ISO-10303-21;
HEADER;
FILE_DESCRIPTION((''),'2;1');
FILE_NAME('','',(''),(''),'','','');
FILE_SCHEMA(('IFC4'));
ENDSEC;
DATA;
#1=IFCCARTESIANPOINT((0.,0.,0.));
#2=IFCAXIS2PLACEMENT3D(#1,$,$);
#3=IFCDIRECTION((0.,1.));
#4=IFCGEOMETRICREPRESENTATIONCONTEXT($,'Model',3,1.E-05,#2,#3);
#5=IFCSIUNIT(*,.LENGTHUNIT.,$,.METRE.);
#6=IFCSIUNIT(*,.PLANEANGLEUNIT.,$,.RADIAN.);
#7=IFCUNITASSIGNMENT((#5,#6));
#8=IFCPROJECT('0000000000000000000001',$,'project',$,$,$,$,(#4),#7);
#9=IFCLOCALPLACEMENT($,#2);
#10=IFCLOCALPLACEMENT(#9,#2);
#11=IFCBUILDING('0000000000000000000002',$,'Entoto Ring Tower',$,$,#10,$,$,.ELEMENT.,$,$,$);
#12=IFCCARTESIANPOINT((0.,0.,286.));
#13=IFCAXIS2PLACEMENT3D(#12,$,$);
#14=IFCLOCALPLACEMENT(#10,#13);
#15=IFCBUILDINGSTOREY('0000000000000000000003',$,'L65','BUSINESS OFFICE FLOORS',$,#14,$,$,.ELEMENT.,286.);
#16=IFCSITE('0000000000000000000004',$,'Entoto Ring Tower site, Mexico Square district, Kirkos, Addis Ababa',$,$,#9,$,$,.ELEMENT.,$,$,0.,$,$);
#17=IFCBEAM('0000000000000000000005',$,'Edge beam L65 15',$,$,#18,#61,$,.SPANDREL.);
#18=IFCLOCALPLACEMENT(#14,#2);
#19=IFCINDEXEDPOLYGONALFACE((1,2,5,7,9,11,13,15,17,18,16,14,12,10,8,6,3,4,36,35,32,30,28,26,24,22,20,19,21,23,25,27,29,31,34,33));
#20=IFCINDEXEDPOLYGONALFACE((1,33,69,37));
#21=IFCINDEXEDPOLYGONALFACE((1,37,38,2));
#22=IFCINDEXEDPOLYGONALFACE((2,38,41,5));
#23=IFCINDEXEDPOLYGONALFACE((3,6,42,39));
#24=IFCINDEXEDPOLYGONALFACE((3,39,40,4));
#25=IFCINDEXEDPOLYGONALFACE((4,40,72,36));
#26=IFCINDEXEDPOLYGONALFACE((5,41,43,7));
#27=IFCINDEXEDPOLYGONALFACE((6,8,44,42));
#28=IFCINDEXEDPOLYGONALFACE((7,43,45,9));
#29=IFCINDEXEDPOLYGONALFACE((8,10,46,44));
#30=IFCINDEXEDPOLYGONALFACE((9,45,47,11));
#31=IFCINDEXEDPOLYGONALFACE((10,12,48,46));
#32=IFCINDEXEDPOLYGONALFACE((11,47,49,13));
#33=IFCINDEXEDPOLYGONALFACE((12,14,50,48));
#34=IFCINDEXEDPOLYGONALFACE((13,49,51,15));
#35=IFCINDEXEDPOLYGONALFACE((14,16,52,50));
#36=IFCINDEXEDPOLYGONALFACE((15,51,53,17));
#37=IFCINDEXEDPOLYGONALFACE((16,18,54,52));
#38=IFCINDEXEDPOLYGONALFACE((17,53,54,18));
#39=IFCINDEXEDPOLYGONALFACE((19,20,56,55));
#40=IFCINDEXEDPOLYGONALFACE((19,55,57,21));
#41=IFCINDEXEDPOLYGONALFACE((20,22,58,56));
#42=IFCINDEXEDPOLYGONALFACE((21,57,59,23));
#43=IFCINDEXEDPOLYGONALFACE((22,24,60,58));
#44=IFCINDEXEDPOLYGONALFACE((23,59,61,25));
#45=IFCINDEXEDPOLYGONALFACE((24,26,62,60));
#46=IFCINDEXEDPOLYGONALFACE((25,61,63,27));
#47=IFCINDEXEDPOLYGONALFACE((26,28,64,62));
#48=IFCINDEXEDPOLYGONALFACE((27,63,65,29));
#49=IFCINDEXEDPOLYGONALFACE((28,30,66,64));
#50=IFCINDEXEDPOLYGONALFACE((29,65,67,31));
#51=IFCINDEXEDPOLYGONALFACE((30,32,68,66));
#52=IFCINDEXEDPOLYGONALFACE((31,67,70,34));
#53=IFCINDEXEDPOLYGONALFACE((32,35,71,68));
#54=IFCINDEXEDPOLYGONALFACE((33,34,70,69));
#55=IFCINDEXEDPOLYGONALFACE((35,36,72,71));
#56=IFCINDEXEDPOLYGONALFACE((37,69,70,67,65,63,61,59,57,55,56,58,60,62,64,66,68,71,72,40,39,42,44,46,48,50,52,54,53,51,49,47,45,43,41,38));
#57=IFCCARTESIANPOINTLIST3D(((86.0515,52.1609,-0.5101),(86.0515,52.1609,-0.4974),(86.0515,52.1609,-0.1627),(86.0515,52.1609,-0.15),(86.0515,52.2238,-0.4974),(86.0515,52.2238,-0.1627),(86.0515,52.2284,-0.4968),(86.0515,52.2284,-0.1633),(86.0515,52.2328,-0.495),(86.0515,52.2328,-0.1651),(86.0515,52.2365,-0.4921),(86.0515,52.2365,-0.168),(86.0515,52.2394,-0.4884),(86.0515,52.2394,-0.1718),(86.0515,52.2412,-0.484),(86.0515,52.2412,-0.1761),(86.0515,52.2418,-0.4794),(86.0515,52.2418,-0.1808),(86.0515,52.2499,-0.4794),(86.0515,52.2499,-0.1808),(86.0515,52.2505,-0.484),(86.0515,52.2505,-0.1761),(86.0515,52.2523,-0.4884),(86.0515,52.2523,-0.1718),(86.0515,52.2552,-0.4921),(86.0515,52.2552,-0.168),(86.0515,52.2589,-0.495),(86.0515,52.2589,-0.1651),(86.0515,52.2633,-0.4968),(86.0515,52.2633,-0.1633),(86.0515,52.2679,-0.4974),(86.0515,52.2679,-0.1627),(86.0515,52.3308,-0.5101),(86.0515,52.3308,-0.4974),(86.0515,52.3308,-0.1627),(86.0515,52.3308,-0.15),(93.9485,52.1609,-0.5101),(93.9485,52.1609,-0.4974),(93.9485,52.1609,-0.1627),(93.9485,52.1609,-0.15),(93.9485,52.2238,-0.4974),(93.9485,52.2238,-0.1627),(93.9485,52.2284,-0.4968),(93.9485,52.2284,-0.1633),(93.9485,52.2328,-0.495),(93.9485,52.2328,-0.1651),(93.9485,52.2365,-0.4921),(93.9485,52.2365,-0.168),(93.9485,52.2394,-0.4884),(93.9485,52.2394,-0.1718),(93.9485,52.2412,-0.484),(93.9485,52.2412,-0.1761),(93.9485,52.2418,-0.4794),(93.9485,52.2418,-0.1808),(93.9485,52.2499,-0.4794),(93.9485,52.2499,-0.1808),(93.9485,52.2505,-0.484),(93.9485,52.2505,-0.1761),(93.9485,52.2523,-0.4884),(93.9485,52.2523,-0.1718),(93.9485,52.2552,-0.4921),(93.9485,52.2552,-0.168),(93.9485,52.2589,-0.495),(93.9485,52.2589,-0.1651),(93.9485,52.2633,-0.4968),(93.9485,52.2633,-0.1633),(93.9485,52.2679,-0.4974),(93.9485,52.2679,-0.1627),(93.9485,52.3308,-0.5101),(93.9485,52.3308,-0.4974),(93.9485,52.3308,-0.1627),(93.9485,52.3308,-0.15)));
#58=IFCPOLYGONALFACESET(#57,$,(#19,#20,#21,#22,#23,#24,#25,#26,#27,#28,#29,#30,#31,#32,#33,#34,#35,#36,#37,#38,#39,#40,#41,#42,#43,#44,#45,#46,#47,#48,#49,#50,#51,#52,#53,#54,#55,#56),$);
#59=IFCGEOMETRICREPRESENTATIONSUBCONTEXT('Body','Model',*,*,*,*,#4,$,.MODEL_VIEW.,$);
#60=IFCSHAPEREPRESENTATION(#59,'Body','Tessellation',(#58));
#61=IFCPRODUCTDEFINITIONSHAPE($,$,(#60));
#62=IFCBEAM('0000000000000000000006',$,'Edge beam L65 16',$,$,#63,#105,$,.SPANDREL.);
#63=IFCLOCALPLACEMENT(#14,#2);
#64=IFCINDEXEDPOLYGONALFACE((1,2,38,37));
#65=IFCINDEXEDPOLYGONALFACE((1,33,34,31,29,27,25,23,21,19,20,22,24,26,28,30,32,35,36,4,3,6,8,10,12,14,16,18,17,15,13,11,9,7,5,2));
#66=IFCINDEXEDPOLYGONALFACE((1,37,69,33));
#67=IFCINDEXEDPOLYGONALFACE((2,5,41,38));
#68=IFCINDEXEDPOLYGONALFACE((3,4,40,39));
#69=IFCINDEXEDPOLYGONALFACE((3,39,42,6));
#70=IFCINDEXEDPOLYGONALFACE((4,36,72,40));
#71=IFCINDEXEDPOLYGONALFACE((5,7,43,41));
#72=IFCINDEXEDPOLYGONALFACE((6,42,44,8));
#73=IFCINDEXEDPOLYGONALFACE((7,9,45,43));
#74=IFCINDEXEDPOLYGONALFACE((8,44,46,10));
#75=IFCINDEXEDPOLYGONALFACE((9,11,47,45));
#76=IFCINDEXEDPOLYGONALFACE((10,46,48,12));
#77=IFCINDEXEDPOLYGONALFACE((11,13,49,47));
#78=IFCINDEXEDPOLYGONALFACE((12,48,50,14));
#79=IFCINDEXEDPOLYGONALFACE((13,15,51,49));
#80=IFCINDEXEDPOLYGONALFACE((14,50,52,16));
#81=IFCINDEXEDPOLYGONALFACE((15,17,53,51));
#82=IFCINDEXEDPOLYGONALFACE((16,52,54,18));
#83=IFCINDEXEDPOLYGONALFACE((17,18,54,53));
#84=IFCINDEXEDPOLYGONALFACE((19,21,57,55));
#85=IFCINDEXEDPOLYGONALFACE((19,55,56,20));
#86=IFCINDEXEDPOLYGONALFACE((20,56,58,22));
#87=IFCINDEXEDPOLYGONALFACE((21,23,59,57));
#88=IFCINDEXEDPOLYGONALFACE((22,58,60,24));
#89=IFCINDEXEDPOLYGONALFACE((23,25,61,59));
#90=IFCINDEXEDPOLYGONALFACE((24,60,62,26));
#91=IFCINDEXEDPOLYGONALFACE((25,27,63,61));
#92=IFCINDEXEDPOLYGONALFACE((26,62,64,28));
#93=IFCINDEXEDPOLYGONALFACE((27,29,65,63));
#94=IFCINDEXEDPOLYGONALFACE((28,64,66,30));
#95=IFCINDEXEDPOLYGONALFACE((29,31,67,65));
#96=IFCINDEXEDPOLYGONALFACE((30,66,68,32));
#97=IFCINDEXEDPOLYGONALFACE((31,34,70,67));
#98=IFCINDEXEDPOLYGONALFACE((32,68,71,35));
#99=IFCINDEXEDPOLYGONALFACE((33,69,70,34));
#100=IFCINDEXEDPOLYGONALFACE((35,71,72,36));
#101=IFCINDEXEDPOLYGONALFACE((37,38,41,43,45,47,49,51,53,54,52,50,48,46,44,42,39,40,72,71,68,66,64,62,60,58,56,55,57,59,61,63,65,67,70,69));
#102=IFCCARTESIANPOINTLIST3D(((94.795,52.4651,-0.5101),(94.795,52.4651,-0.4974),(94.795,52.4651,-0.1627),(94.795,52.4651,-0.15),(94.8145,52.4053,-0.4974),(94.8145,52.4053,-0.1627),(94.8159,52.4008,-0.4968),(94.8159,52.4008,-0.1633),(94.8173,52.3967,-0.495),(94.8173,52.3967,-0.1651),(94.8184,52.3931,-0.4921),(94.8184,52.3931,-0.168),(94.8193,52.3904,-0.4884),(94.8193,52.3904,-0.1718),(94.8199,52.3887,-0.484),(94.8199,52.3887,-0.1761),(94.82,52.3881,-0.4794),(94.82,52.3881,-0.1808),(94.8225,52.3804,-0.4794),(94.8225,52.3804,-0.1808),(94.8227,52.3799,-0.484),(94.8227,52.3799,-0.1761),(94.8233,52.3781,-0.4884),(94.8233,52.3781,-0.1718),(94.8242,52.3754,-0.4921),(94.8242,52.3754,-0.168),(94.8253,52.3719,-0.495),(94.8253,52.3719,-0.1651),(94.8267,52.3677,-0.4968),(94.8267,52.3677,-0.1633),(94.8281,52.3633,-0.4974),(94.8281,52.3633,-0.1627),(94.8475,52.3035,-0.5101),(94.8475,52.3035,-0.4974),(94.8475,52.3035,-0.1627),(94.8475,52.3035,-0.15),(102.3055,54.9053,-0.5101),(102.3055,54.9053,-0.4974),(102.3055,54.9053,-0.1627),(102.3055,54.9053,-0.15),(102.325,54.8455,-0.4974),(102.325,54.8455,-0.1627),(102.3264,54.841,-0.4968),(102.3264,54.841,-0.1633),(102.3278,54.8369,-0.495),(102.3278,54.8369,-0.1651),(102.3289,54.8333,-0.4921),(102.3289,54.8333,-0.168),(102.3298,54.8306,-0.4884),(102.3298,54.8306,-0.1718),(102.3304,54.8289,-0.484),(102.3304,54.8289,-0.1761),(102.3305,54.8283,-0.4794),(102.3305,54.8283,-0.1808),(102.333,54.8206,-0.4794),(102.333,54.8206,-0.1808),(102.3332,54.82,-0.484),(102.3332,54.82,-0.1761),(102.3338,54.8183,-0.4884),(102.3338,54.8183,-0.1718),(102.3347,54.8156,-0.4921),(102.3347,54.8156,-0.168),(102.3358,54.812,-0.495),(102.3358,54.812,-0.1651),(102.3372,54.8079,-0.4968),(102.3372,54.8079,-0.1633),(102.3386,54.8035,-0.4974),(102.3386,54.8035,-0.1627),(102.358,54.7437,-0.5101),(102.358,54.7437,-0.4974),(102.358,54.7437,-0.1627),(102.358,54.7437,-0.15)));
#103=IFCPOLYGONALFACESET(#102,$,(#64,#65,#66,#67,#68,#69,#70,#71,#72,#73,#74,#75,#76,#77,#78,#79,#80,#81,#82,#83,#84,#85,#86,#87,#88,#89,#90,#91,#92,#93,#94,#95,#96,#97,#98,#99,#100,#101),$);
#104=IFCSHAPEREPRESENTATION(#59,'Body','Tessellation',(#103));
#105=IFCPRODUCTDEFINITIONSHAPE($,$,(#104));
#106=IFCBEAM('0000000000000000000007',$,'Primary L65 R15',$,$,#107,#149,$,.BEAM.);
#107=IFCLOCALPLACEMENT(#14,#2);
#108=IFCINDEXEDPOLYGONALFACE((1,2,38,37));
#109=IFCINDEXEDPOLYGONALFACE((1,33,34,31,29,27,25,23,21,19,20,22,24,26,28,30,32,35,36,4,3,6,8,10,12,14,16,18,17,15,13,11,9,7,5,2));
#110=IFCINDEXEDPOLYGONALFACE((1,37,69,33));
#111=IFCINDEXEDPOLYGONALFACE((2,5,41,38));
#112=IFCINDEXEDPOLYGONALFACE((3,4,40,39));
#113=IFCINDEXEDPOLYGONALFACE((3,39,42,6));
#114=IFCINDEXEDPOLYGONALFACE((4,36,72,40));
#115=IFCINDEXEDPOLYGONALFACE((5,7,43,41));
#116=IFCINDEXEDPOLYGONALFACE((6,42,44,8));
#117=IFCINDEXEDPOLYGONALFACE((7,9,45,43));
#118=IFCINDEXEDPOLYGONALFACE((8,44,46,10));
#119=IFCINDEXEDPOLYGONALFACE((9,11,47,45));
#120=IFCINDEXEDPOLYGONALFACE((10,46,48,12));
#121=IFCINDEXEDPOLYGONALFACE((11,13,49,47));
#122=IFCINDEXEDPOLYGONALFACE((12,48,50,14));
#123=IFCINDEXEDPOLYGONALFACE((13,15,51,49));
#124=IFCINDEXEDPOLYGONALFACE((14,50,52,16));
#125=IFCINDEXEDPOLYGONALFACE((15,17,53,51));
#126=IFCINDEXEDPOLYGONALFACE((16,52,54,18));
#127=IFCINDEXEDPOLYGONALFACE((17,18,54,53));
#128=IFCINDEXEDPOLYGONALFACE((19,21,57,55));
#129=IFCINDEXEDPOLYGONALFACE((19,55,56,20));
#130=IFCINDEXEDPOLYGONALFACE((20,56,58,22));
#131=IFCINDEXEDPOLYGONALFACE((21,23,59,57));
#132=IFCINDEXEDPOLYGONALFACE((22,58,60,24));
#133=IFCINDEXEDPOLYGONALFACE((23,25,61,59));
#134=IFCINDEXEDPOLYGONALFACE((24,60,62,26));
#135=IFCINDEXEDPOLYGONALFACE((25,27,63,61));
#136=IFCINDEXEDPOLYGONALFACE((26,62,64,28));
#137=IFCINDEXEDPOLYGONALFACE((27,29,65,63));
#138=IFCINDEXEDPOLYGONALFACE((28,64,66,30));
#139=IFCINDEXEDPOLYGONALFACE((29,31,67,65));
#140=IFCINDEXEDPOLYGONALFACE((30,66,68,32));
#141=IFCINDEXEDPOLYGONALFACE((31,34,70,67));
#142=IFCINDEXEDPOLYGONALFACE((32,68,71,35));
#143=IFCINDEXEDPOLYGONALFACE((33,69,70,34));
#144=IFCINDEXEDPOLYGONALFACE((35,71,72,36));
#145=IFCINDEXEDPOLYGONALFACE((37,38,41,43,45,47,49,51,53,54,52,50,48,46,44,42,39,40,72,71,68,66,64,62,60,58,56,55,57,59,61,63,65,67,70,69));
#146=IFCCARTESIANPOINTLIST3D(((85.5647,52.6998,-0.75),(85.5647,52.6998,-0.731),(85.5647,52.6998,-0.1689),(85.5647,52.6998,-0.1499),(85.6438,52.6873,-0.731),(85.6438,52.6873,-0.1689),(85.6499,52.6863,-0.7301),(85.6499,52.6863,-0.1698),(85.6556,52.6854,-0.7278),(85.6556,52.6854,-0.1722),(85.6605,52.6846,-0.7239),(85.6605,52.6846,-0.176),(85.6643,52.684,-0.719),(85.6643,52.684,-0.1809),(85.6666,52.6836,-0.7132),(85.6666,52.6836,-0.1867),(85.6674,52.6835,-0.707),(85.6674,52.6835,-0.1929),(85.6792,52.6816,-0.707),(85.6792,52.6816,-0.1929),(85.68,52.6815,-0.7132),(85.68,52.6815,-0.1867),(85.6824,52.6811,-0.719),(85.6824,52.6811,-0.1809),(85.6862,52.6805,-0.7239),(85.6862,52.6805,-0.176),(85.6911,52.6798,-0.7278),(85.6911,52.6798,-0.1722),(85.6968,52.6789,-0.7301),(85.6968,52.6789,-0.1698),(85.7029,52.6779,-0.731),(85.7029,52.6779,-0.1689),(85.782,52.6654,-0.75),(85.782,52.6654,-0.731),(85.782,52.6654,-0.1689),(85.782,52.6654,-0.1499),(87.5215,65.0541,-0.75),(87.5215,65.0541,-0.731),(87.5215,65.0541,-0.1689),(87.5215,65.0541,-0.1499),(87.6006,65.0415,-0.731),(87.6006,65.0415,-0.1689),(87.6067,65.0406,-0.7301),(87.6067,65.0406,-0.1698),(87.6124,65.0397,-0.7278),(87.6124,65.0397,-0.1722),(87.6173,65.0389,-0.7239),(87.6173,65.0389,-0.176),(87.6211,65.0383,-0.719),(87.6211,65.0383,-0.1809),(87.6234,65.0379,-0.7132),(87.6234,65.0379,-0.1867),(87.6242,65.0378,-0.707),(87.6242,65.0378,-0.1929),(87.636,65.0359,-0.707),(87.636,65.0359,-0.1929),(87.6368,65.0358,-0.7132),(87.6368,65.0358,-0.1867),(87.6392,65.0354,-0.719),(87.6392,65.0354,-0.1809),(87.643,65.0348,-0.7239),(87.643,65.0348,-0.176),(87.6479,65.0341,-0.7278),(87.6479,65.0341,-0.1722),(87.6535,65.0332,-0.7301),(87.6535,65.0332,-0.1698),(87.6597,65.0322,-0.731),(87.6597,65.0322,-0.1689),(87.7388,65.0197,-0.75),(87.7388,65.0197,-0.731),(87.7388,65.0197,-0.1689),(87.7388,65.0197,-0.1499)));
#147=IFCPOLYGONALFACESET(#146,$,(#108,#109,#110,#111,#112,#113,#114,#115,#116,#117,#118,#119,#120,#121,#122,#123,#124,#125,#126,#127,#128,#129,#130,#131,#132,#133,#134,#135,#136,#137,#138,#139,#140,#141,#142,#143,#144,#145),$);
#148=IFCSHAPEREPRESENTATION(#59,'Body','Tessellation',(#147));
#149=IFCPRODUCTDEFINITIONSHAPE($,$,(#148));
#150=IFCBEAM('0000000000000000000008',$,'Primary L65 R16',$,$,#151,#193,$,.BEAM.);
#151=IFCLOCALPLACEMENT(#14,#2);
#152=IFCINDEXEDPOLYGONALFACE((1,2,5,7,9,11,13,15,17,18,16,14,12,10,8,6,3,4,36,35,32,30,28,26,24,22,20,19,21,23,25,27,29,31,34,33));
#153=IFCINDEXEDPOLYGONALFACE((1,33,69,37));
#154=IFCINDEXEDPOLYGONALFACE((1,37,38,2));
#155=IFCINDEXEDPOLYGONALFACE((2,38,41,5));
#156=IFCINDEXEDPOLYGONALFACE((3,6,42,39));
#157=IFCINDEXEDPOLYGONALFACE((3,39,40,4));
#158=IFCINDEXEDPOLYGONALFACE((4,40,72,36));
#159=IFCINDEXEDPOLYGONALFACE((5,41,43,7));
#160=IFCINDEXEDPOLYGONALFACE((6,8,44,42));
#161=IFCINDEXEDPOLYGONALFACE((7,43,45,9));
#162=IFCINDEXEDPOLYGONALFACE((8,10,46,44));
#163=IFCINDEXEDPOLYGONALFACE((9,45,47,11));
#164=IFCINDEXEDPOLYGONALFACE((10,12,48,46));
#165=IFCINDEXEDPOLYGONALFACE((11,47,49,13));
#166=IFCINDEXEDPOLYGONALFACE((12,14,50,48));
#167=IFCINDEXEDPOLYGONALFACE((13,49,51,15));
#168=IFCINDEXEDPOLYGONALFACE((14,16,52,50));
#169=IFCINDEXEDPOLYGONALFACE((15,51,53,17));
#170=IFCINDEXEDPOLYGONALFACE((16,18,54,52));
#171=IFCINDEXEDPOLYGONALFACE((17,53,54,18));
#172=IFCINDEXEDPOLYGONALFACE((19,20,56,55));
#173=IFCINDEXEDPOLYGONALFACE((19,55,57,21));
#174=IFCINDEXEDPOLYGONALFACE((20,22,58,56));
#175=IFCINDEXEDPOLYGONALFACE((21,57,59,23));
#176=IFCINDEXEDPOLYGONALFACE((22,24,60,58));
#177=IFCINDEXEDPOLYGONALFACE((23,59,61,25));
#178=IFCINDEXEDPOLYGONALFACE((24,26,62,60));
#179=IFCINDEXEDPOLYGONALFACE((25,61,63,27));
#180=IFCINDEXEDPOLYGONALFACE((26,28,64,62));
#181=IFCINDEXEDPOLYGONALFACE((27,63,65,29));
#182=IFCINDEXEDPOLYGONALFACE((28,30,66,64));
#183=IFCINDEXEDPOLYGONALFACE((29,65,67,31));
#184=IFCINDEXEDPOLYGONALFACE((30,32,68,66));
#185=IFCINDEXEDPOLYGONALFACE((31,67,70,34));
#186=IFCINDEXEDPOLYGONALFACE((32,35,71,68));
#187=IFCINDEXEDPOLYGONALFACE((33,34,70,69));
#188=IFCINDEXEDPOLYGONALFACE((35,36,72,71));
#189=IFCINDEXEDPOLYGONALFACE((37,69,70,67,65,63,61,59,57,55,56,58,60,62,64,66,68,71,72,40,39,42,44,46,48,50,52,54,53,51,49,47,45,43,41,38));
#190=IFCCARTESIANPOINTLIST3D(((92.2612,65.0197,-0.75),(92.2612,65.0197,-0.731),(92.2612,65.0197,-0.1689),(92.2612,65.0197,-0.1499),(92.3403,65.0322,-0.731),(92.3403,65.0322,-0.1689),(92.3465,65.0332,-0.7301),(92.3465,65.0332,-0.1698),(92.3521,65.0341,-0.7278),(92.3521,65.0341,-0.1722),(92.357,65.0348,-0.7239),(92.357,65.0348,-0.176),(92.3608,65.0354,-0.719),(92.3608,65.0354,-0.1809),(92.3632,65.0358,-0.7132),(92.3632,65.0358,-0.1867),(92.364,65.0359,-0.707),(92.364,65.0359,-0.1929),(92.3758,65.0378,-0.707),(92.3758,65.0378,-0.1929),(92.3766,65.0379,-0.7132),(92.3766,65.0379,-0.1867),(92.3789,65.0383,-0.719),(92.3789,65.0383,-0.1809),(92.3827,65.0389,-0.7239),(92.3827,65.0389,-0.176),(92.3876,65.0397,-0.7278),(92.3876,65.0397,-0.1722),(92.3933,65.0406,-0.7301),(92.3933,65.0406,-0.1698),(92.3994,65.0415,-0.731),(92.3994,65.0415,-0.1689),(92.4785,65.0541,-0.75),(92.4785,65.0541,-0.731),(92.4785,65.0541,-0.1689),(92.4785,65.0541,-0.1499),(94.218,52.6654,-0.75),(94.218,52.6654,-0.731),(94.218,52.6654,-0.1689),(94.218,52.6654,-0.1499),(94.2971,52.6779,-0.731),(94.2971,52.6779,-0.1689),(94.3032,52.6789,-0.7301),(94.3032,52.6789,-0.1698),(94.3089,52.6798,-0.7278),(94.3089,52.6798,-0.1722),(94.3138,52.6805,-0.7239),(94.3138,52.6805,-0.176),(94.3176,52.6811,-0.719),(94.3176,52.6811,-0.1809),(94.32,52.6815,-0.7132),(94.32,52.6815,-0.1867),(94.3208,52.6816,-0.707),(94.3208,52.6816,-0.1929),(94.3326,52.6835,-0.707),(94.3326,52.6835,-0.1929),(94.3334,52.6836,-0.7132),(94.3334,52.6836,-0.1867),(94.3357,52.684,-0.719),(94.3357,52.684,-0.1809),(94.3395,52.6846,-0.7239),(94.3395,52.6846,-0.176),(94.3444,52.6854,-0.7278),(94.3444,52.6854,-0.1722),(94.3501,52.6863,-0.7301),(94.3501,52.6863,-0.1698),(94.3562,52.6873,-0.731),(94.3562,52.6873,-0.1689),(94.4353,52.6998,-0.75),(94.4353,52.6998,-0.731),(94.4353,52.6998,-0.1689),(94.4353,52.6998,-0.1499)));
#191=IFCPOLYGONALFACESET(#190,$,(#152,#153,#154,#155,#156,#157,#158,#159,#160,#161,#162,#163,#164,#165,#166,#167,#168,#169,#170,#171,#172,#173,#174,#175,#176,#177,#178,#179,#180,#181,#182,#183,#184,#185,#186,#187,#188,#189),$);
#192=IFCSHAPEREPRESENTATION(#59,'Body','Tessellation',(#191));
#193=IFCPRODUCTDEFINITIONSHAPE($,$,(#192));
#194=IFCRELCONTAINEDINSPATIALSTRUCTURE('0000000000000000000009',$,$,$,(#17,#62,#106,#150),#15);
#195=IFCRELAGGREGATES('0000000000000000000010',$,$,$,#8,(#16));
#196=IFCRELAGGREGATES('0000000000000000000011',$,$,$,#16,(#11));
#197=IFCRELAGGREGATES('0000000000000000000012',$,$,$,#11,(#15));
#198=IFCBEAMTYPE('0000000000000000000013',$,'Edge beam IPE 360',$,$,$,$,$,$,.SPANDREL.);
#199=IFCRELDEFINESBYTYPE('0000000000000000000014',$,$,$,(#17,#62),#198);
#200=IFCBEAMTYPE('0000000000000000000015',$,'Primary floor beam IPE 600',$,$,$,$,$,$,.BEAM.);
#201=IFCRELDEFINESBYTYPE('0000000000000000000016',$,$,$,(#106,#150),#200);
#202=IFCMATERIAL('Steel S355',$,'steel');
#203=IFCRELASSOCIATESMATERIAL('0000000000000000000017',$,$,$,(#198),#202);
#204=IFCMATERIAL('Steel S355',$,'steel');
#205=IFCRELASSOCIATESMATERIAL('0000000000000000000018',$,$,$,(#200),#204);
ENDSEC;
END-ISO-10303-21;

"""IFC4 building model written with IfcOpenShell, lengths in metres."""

from ifc_helpers import new_model, si_unit, direction, frame, origin, origin_2d, place, context, subcontext, project, spatial, i_section, extrude, material, material_profile, profile_set, type_object, element, save


model = new_model("IFC4")

# Units and contexts
model_context = context("Model", 3, precision=1e-05, world=origin(), true_north=direction((0.0, 1.0)))
body_context = subcontext(model_context, "Body", "Model", "MODEL_VIEW")
ifc_project = project(units=[si_unit("LENGTHUNIT", "METRE"), si_unit("PLANEANGLEUNIT", "RADIAN")], contexts=[model_context])

# Site, building, storey
site_placement = place(None, origin())
site = spatial("IfcSite", under=ifc_project, at=site_placement, Name="Entoto Ring Tower site, Mexico Square district, Kirkos, Addis Ababa", CompositionType="ELEMENT", RefElevation=0.0)
building_placement = place(site_placement, origin())
building = spatial("IfcBuilding", under=site, at=building_placement, Name="Entoto Ring Tower", CompositionType="ELEMENT")
storey_placement = place(building_placement, frame((0.0, 0.0, 286.0)))
storey = spatial("IfcBuildingStorey", under=building, at=storey_placement, Name="L65", Description="BUSINESS OFFICE FLOORS", CompositionType="ELEMENT", Elevation=286.0)

# Beams
ifc_material_1 = material(Name="Steel S355", Category="steel")
ifc_material_profile_1 = material_profile(ifc_material_1, i_section(OverallWidth=0.1699, OverallDepth=0.3601, WebThickness=0.0081, FlangeThickness=0.0127, FilletRadius=0.0181, at=origin_2d()), Name="IPE 360")
ifc_profile_set_1 = profile_set([ifc_material_profile_1], Name="Steel S355")
beam_type_1 = type_object("IfcBeamType", Name="Edge beam IPE 360", PredefinedType="SPANDREL", material=ifc_profile_set_1)
for number, where, z_axis, x_axis, name in (
    (1, (86.0515, 52.2458, -0.3301), (1.0, 0.0, 0.0), (0.0, 1.0, 0.0), "Edge beam L65 15"),
    (2, (94.8213, 52.3843, -0.3301), (0.951061, 0.309003, 0.0), (-0.309003, 0.951061, 0.0), "Edge beam L65 16"),
):
    element("IfcBeam", number, at=place(storey_placement, frame(where, z_axis=z_axis, x_axis=x_axis)), inside=storey, type_object=beam_type_1, Name=name, PredefinedType="SPANDREL", context=body_context, shape_type="SweptSolid", body=[
        extrude(i_section(OverallWidth=0.1699, OverallDepth=0.3601, WebThickness=0.0081, FlangeThickness=0.0127, FilletRadius=0.0181, at=origin_2d()), origin(), (0.0, 0.0, 1.0), 7.897),
    ])
ifc_material_2 = material(Name="Steel S355", Category="steel")
ifc_material_profile_2 = material_profile(ifc_material_2, i_section(OverallWidth=0.22, OverallDepth=0.6001, WebThickness=0.012, FlangeThickness=0.019, FilletRadius=0.0239, at=origin_2d()), Name="IPE 600")
ifc_profile_set_2 = profile_set([ifc_material_profile_2], Name="Steel S355")
beam_type_2 = type_object("IfcBeamType", Name="Primary floor beam IPE 600", PredefinedType="BEAM", material=ifc_profile_set_2)
for number, where, z_axis, x_axis, name in (
    (3, (87.6301, 65.0369, -0.45), (-0.15644, -0.987688, 0.0), (0.987688, -0.15644, 0.0), "Primary L65 R15"),
    (4, (92.3699, 65.0369, -0.45), (0.15644, -0.987688, 0.0), (0.987688, 0.15644, 0.0), "Primary L65 R16"),
):
    element("IfcBeam", number, at=place(storey_placement, frame(where, z_axis=z_axis, x_axis=x_axis)), inside=storey, type_object=beam_type_2, Name=name, PredefinedType="BEAM", context=body_context, shape_type="SweptSolid", body=[
        extrude(i_section(OverallWidth=0.22, OverallDepth=0.6001, WebThickness=0.012, FlangeThickness=0.019, FilletRadius=0.0239, at=origin_2d()), origin(), (0.0, 0.0, 1.0), 12.5083),
    ])

save(model, "model.ifc")
